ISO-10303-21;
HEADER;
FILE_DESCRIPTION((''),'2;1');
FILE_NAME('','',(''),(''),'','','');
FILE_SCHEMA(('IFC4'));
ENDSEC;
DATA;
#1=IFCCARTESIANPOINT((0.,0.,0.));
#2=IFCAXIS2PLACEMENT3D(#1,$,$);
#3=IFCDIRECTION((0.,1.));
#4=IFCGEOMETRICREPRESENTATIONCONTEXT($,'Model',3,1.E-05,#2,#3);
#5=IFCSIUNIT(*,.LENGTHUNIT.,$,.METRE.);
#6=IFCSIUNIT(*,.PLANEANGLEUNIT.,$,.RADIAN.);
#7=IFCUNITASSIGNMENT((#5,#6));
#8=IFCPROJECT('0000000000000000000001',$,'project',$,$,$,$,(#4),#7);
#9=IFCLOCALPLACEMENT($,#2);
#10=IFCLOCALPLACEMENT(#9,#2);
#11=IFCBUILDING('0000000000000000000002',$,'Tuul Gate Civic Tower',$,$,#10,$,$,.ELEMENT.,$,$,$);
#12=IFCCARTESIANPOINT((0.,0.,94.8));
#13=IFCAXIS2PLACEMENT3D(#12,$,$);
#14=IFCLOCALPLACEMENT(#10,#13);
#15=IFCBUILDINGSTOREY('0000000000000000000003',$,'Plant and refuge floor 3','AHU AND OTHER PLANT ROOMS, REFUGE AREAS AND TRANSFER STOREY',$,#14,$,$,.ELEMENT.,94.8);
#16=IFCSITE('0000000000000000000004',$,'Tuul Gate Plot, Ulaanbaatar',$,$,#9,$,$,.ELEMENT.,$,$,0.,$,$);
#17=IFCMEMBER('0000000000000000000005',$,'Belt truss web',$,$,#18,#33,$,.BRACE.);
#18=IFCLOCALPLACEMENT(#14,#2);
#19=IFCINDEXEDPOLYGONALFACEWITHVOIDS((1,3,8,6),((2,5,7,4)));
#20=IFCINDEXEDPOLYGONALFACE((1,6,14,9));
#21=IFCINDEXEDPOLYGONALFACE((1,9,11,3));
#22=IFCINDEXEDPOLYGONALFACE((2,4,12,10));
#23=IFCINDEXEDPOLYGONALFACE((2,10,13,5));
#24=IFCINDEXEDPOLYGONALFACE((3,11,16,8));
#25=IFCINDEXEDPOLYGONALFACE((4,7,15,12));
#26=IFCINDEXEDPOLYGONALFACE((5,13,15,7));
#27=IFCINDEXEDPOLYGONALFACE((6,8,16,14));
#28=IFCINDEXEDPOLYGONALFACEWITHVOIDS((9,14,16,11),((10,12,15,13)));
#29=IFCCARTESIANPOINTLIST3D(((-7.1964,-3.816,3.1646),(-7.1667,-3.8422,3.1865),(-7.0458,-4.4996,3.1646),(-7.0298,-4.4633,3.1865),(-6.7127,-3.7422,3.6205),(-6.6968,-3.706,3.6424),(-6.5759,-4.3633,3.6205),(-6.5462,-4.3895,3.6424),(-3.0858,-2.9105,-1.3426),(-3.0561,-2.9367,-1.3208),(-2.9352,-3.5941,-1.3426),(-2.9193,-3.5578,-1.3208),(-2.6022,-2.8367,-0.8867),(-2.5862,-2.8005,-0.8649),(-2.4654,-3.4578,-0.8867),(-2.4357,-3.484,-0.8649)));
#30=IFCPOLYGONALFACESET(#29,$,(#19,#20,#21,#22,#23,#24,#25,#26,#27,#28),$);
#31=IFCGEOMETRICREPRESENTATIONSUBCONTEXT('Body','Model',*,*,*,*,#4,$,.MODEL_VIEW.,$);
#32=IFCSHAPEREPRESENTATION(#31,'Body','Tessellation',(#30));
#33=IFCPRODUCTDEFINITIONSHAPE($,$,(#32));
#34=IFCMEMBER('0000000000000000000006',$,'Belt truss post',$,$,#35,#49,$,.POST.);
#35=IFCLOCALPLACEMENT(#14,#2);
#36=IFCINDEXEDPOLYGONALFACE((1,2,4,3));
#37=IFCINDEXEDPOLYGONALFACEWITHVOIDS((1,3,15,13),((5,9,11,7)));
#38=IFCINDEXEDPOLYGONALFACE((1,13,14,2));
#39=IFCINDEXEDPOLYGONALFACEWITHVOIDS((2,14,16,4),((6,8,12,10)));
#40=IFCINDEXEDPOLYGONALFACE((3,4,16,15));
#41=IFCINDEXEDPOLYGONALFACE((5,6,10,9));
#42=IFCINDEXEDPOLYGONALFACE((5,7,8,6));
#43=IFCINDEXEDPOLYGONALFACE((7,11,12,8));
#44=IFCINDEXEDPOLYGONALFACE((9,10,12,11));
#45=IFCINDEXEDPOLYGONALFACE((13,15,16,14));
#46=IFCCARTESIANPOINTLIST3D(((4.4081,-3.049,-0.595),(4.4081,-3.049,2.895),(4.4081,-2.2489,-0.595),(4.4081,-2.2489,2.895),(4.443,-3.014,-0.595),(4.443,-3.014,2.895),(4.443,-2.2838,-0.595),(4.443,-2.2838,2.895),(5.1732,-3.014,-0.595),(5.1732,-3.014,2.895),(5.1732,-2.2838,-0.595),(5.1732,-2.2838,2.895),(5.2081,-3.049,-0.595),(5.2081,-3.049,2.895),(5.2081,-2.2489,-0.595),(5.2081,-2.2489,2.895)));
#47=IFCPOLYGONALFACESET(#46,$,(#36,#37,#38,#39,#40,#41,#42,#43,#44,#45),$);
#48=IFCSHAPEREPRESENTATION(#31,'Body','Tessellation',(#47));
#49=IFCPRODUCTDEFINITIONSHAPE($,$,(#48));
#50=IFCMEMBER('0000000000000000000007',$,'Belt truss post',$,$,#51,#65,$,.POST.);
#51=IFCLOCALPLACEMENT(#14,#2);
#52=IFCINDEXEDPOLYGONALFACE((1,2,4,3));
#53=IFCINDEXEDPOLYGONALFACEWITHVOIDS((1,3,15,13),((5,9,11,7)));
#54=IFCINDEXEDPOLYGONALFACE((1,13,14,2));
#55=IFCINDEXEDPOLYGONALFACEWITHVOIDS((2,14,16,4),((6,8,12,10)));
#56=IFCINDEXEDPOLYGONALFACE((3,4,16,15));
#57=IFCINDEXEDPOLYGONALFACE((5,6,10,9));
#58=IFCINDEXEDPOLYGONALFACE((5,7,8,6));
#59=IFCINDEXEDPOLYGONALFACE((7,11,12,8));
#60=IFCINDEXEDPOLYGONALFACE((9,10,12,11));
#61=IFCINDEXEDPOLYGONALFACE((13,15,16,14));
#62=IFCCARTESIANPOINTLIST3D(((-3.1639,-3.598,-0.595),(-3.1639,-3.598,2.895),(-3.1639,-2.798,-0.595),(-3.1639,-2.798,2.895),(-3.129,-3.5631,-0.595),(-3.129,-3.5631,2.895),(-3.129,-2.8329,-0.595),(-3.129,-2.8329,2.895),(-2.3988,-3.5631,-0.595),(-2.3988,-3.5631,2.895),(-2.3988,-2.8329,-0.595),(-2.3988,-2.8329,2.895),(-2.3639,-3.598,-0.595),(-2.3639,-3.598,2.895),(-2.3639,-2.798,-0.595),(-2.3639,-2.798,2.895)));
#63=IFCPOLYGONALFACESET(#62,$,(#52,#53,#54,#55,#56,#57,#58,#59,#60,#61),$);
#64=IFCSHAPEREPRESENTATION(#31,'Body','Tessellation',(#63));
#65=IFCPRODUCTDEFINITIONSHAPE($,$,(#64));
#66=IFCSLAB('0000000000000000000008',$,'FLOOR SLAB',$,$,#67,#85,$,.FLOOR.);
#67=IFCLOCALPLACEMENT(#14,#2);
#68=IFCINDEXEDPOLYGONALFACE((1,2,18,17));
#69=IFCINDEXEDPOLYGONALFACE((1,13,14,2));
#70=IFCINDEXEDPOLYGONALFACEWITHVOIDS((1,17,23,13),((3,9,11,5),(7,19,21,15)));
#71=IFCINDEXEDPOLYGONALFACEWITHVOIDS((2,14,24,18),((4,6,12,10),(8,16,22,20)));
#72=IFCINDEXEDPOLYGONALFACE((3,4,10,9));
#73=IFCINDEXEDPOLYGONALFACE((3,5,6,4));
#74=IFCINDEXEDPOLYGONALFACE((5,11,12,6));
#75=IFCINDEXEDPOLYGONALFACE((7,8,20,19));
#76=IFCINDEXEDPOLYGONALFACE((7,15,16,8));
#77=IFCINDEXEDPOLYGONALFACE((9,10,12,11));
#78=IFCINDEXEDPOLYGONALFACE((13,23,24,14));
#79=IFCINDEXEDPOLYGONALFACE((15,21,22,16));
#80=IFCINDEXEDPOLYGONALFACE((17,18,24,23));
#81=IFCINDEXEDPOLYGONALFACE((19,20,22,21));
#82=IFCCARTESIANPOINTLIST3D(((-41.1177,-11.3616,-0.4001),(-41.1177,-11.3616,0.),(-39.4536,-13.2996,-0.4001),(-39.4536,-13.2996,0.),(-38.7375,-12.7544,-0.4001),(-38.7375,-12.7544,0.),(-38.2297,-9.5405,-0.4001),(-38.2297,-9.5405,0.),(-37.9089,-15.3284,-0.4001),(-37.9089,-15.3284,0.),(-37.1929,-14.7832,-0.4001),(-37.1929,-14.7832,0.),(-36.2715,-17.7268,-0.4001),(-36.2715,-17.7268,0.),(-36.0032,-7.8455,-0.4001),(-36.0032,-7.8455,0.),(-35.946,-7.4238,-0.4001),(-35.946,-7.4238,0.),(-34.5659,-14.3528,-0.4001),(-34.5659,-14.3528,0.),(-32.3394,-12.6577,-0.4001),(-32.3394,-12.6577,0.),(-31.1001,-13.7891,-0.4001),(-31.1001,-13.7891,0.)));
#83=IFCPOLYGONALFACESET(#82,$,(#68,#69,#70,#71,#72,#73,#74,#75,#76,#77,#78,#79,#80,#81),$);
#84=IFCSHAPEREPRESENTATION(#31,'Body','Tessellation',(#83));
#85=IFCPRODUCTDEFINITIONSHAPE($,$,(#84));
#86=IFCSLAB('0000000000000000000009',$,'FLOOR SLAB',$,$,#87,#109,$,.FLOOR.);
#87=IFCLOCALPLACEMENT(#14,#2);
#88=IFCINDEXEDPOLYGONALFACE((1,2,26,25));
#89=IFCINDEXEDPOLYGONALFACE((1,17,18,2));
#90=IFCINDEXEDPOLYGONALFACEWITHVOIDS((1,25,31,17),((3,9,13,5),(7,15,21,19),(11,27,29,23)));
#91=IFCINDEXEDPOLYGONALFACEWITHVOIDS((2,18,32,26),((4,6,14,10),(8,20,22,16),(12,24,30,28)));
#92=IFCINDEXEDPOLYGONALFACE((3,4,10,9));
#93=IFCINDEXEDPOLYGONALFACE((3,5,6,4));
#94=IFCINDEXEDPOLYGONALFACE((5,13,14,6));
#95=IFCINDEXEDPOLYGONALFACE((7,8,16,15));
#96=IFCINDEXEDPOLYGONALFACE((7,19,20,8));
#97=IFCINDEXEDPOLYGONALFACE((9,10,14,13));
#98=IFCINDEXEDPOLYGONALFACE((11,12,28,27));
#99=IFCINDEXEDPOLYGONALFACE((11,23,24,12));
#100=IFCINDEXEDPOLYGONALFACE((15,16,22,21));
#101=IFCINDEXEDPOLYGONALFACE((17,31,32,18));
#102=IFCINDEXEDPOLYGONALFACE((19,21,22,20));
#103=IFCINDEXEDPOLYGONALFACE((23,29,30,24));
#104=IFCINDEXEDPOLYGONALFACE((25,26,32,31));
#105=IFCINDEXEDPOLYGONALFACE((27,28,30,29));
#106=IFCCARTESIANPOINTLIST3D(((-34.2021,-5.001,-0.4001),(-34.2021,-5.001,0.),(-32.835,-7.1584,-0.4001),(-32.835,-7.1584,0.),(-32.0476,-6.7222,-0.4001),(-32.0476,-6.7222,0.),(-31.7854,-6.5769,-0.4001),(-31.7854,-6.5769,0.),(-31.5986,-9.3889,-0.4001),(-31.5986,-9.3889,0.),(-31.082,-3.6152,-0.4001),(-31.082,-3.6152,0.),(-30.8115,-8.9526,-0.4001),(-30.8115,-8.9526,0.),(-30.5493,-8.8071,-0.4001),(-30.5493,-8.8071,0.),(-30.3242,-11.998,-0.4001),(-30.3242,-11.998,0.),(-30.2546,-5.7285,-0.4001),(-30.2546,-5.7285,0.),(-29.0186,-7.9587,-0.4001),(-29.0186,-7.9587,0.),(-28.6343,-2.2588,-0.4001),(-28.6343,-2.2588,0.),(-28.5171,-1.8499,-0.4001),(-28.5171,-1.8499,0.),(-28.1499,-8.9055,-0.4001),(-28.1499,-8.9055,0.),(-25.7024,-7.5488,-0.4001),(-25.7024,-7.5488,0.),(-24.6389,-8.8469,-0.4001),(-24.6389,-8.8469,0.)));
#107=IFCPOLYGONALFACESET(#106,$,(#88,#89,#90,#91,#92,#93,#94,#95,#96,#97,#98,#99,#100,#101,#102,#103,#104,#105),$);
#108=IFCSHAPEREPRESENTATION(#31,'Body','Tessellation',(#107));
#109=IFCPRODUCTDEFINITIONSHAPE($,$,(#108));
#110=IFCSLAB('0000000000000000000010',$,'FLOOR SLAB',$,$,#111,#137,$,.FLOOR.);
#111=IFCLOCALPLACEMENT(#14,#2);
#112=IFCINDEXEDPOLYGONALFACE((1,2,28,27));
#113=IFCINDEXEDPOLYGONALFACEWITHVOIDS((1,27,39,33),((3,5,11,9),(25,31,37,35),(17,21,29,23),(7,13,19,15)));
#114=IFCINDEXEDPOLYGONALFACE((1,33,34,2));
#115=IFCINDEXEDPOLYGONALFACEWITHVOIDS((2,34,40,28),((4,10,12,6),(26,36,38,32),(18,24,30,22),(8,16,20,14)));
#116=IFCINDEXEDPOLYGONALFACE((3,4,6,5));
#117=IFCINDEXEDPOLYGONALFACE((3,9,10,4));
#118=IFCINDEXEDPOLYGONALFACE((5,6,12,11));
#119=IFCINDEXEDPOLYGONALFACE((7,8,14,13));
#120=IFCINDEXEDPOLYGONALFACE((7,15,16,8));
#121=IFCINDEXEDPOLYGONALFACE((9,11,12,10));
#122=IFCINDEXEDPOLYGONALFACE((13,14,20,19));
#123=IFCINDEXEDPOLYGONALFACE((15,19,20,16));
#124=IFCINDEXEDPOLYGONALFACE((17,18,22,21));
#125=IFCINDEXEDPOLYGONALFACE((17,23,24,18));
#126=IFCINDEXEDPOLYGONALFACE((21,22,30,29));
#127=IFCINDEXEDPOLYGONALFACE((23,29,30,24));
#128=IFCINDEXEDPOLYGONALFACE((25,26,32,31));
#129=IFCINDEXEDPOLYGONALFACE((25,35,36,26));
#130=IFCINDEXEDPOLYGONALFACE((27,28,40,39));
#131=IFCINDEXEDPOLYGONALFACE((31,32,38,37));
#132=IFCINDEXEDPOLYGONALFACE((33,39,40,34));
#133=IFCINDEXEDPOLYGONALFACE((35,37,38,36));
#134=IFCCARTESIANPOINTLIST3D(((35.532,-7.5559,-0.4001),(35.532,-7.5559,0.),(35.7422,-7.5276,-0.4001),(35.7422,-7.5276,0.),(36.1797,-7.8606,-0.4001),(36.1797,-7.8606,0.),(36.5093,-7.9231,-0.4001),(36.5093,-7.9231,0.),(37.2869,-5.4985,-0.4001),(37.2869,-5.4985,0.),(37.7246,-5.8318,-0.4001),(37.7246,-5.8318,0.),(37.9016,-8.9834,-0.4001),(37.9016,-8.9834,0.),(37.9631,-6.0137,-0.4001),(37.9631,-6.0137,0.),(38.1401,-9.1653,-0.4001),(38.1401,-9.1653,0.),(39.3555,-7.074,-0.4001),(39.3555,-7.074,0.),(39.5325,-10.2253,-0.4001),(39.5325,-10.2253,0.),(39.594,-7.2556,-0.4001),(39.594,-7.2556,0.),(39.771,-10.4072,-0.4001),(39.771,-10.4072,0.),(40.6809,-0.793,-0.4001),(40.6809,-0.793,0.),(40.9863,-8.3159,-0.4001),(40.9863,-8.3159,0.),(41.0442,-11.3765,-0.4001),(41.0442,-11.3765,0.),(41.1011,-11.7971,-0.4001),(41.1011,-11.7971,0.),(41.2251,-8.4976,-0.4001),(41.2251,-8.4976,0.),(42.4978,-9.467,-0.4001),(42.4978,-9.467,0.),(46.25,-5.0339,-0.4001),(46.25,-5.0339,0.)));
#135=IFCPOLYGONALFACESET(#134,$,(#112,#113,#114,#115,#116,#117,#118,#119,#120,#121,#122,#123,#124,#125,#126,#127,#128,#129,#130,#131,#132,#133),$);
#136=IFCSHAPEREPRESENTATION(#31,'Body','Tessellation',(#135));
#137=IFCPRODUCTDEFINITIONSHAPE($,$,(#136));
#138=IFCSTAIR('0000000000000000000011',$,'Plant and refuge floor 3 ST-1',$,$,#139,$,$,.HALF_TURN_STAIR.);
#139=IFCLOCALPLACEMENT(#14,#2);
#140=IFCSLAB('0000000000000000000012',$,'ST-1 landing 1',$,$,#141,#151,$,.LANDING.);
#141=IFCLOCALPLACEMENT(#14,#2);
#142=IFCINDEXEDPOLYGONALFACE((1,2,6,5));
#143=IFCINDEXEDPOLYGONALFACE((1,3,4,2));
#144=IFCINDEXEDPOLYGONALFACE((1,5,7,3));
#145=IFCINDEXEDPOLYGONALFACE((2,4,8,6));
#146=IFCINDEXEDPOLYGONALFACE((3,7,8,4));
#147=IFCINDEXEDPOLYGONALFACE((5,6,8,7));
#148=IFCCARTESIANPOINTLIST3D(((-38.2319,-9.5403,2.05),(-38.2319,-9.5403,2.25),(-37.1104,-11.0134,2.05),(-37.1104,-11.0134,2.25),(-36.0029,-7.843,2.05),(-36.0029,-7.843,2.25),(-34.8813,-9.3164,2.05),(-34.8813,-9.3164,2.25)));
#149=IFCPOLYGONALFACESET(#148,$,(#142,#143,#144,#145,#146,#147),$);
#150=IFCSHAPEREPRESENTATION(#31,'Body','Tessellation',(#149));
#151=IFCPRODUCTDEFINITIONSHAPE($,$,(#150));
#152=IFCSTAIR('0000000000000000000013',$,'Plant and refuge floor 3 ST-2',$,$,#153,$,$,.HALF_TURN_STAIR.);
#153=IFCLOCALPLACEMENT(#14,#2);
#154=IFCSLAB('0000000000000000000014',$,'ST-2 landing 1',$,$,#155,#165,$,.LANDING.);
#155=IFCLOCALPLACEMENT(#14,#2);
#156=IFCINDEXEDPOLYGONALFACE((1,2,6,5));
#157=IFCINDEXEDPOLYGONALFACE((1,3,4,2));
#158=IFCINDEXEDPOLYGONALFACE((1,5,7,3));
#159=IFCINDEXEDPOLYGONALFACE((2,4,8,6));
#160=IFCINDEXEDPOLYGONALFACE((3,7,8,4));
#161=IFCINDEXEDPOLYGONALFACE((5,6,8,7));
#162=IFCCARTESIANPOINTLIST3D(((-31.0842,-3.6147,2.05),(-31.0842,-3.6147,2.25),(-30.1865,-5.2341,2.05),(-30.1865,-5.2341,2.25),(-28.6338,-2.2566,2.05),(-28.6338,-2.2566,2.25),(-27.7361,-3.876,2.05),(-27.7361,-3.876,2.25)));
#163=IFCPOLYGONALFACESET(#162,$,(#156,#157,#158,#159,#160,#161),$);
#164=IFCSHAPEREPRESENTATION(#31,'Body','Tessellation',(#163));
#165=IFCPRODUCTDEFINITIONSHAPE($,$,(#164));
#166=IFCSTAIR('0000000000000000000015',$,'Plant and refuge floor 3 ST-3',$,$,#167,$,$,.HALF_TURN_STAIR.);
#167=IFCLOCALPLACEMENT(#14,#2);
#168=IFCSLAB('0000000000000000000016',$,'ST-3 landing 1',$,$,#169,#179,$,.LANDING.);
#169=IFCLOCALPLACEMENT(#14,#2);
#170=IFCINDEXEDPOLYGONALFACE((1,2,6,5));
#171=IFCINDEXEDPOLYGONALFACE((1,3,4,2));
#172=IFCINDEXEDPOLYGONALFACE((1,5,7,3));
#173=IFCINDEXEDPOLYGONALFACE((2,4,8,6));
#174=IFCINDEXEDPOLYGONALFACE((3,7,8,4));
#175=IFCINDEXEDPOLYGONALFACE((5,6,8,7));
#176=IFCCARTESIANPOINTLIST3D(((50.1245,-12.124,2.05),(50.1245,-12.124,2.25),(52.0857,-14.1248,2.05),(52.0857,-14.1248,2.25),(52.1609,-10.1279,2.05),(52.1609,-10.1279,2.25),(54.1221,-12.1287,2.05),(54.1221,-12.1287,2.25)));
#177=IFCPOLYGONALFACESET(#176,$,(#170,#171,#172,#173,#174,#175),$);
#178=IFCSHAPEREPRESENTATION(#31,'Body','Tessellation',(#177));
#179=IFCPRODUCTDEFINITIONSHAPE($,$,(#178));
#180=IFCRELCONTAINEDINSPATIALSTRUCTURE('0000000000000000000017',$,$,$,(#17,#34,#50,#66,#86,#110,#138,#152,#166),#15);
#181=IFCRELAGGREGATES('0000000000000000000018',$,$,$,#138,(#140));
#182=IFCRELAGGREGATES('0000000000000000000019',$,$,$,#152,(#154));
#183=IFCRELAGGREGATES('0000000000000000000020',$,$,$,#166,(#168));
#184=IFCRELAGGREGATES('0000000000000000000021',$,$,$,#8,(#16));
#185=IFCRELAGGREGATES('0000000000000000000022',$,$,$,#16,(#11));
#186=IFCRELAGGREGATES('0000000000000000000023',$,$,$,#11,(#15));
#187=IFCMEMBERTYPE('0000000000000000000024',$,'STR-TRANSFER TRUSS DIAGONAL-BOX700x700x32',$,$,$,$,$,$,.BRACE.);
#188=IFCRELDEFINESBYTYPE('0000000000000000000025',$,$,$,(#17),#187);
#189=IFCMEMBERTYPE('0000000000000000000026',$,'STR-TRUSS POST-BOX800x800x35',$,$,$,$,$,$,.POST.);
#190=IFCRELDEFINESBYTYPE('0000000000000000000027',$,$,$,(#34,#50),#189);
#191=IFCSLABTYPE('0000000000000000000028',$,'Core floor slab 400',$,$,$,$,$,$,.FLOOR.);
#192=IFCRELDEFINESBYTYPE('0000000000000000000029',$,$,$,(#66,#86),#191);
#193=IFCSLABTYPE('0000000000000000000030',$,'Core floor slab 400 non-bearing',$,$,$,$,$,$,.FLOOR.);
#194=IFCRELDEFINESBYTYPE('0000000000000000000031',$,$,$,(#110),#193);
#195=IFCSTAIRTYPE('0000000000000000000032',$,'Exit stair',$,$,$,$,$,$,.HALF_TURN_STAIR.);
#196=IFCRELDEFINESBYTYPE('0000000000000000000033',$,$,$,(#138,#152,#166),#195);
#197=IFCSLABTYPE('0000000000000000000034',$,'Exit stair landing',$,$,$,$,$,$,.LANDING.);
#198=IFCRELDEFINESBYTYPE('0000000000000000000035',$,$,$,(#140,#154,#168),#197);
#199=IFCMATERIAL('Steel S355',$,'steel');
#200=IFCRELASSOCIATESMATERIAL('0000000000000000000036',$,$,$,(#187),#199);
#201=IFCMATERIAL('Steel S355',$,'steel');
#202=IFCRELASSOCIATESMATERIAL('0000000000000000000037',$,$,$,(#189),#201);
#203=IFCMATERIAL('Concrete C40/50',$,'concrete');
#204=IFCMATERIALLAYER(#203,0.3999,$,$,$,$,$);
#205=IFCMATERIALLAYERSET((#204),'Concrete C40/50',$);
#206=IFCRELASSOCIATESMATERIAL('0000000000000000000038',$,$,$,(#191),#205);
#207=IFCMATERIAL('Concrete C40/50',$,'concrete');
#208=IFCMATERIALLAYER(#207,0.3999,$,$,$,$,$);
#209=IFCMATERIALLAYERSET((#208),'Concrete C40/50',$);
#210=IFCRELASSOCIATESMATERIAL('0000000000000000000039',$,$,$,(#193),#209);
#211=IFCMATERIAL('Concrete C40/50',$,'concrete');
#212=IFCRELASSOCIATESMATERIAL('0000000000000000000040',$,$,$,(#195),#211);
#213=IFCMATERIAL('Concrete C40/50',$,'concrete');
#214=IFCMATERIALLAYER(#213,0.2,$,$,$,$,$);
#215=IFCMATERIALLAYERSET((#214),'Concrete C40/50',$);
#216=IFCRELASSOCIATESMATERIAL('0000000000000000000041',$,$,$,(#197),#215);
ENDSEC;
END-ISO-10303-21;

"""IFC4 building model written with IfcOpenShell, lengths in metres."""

from ifc_helpers import new_model, si_unit, direction, frame, origin, origin_2d, place, context, subcontext, project, spatial, polyline, hollow_rectangle, outline, extrude, material, layer, layer_set, material_profile, profile_set, type_object, element, aggregate, save


model = new_model("IFC4")

# Units and contexts
model_context = context("Model", 3, precision=1e-05, world=origin(), true_north=direction((0.0, 1.0)))
body_context = subcontext(model_context, "Body", "Model", "MODEL_VIEW")
ifc_project = project(units=[si_unit("LENGTHUNIT", "METRE"), si_unit("PLANEANGLEUNIT", "RADIAN")], contexts=[model_context])

# Site, building, storey
site_placement = place(None, origin())
site = spatial("IfcSite", under=ifc_project, at=site_placement, Name="Tuul Gate Plot, Ulaanbaatar", CompositionType="ELEMENT", RefElevation=0.0)
building_placement = place(site_placement, origin())
building = spatial("IfcBuilding", under=site, at=building_placement, Name="Tuul Gate Civic Tower", CompositionType="ELEMENT")
storey_placement = place(building_placement, frame((0.0, 0.0, 94.8)))
storey = spatial("IfcBuildingStorey", under=building, at=storey_placement, Name="Plant and refuge floor 3", Description="AHU AND OTHER PLANT ROOMS, REFUGE AREAS AND TRANSFER STOREY", CompositionType="ELEMENT", Elevation=94.8)

# Members
ifc_material_1 = material(Name="Steel S355", Category="steel")
ifc_material_profile_1 = material_profile(ifc_material_1, hollow_rectangle(XDim=0.7, YDim=0.7, WallThickness=0.032, at=origin_2d()), Name="BOX700x700x32")
ifc_profile_set_1 = profile_set([ifc_material_profile_1], Name="Steel S355")
member_type_1 = type_object("IfcMemberType", Name="STR-TRANSFER TRUSS DIAGONAL-BOX700x700x32", PredefinedType="BRACE", material=ifc_profile_set_1)
member_1_placement = place(storey_placement, frame((-2.7607, -3.1973, -1.1038), z_axis=(-0.666538, -0.146831, 0.730868), x_axis=(0.215131, -0.976585, 0.0)))
element("IfcMember", 1, at=member_1_placement, inside=storey, type_object=member_type_1, Name="Belt truss web", PredefinedType="BRACE", context=body_context, shape_type="SweptSolid", body=[
    extrude(hollow_rectangle(XDim=0.7, YDim=0.7, WallThickness=0.032, at=origin_2d()), origin(), (0.0, 0.0, 1.0), 6.167),
])
ifc_material_2 = material(Name="Steel S355", Category="steel")
ifc_material_profile_2 = material_profile(ifc_material_2, hollow_rectangle(XDim=0.8, YDim=0.8, WallThickness=0.0349, at=origin_2d()), Name="BOX800x800x35")
ifc_profile_set_2 = profile_set([ifc_material_profile_2], Name="Steel S355")
member_type_2 = type_object("IfcMemberType", Name="STR-TRUSS POST-BOX800x800x35", PredefinedType="POST", material=ifc_profile_set_2)
for number, where, z_axis, x_axis, name in (
    (2, (4.8081, -2.6489, -0.595), (0.0, 0.0, 1.0), (1.0, 0.0, 0.0), "Belt truss post"),
    (3, (-2.7639, -3.198, -0.595), (0.0, 0.0, 1.0), (1.0, 0.0, 0.0), "Belt truss post"),
):
    element("IfcMember", number, at=place(storey_placement, frame(where, z_axis=z_axis, x_axis=x_axis)), inside=storey, type_object=member_type_2, Name=name, PredefinedType="POST", context=body_context, shape_type="SweptSolid", body=[
        extrude(hollow_rectangle(XDim=0.8, YDim=0.8, WallThickness=0.0349, at=origin_2d()), origin(), (0.0, 0.0, 1.0), 3.49),
    ])

# Slabs
ifc_material_3 = material(Name="Concrete C40/50", Category="concrete")
ifc_layer_1 = layer(ifc_material_3, 0.3999)
ifc_layer_set_1 = layer_set([ifc_layer_1], Name="Concrete C40/50")
slab_type_1 = type_object("IfcSlabType", Name="Core floor slab 400", PredefinedType="FLOOR", material=ifc_layer_set_1)
slab_1_placement = place(storey_placement, frame((0.0, 0.0, -0.4001)))
element("IfcSlab", 4, at=slab_1_placement, inside=storey, type_object=slab_type_1, Name="FLOOR SLAB", PredefinedType="FLOOR", context=body_context, shape_type="SweptSolid", body=[
    extrude(outline(polyline([(-31.1001, -13.7891), (-35.946, -7.4238), (-41.1177, -11.3616), (-36.2715, -17.7268), (-31.1001, -13.7891)]), holes=[polyline([(-37.1929, -14.7832), (-38.7375, -12.7544), (-39.4536, -13.2996), (-37.9089, -15.3284), (-37.1929, -14.7832)]), polyline([(-32.3394, -12.6577), (-34.5659, -14.3528), (-38.2297, -9.5405), (-36.0032, -7.8455), (-32.3394, -12.6577)])]), origin(), (0.0, 0.0, 1.0), 0.4001),
])
slab_2_placement = place(storey_placement, frame((0.0, 0.0, -0.4001)))
element("IfcSlab", 5, at=slab_2_placement, inside=storey, type_object=slab_type_1, Name="FLOOR SLAB", PredefinedType="FLOOR", context=body_context, shape_type="SweptSolid", body=[
    extrude(outline(polyline([(-24.6389, -8.8469), (-28.5171, -1.8499), (-34.2021, -5.001), (-30.3242, -11.998), (-24.6389, -8.8469)]), holes=[polyline([(-29.0186, -7.9587), (-30.2546, -5.7285), (-31.7854, -6.5769), (-30.5493, -8.8071), (-29.0186, -7.9587)]), polyline([(-30.8115, -8.9526), (-32.0476, -6.7222), (-32.835, -7.1584), (-31.5986, -9.3889), (-30.8115, -8.9526)]), polyline([(-25.7024, -7.5488), (-28.1499, -8.9055), (-31.082, -3.6152), (-28.6343, -2.2588), (-25.7024, -7.5488)])]), origin(), (0.0, 0.0, 1.0), 0.4001),
])
ifc_material_4 = material(Name="Concrete C40/50", Category="concrete")
ifc_layer_2 = layer(ifc_material_4, 0.3999)
ifc_layer_set_2 = layer_set([ifc_layer_2], Name="Concrete C40/50")
slab_type_2 = type_object("IfcSlabType", Name="Core floor slab 400 non-bearing", PredefinedType="FLOOR", material=ifc_layer_set_2)
slab_3_placement = place(storey_placement, frame((0.0, 0.0, -0.4001)))
element("IfcSlab", 6, at=slab_3_placement, inside=storey, type_object=slab_type_2, Name="FLOOR SLAB", PredefinedType="FLOOR", context=body_context, shape_type="SweptSolid", body=[
    extrude(outline(polyline([(41.1011, -11.7971), (46.25, -5.0339), (40.6809, -0.793), (35.532, -7.5559), (41.1011, -11.7971)]), holes=[polyline([(41.0442, -11.3765), (42.4978, -9.467), (41.2251, -8.4976), (39.771, -10.4072), (41.0442, -11.3765)]), polyline([(39.5325, -10.2253), (40.9863, -8.3159), (39.594, -7.2556), (38.1401, -9.1653), (39.5325, -10.2253)]), polyline([(37.9016, -8.9834), (39.3555, -7.074), (37.9631, -6.0137), (36.5093, -7.9231), (37.9016, -8.9834)]), polyline([(36.1797, -7.8606), (37.7246, -5.8318), (37.2869, -5.4985), (35.7422, -7.5276), (36.1797, -7.8606)])]), origin(), (0.0, 0.0, 1.0), 0.4001),
])

# Stairs, slabs
ifc_material_5 = material(Name="Concrete C40/50", Category="concrete")
stair_type = type_object("IfcStairType", Name="Exit stair", PredefinedType="HALF_TURN_STAIR", material=ifc_material_5)
stair_1_placement = place(storey_placement, origin())
stair_1 = element("IfcStair", 7, at=stair_1_placement, inside=storey, type_object=stair_type, Name="Plant and refuge floor 3 ST-1", PredefinedType="HALF_TURN_STAIR")
ifc_material_6 = material(Name="Concrete C40/50", Category="concrete")
ifc_layer_3 = layer(ifc_material_6, 0.2)
ifc_layer_set_3 = layer_set([ifc_layer_3], Name="Concrete C40/50")
slab_type_3 = type_object("IfcSlabType", Name="Exit stair landing", PredefinedType="LANDING", material=ifc_layer_set_3)
slab_4_placement = place(storey_placement, frame((0.0, 0.0, 2.05)))
slab_4 = element("IfcSlab", 8, at=slab_4_placement, type_object=slab_type_3, Name="ST-1 landing 1", PredefinedType="LANDING", context=body_context, shape_type="SweptSolid", body=[
    extrude(outline(polyline([(-34.8813, -9.3164), (-37.1104, -11.0134), (-38.2319, -9.5403), (-36.0029, -7.843), (-34.8813, -9.3164)])), origin(), (0.0, 0.0, 1.0), 0.2),
])
aggregate(stair_1, [slab_4])
stair_2_placement = place(storey_placement, origin())
stair_2 = element("IfcStair", 9, at=stair_2_placement, inside=storey, type_object=stair_type, Name="Plant and refuge floor 3 ST-2", PredefinedType="HALF_TURN_STAIR")
slab_5_placement = place(storey_placement, frame((0.0, 0.0, 2.05)))
slab_5 = element("IfcSlab", 10, at=slab_5_placement, type_object=slab_type_3, Name="ST-2 landing 1", PredefinedType="LANDING", context=body_context, shape_type="SweptSolid", body=[
    extrude(outline(polyline([(-27.7361, -3.876), (-30.1865, -5.2341), (-31.0842, -3.6147), (-28.6338, -2.2566), (-27.7361, -3.876)])), origin(), (0.0, 0.0, 1.0), 0.2),
])
aggregate(stair_2, [slab_5])
stair_3_placement = place(storey_placement, origin())
stair_3 = element("IfcStair", 11, at=stair_3_placement, inside=storey, type_object=stair_type, Name="Plant and refuge floor 3 ST-3", PredefinedType="HALF_TURN_STAIR")
slab_6_placement = place(storey_placement, frame((0.0, 0.0, 2.05)))
slab_6 = element("IfcSlab", 12, at=slab_6_placement, type_object=slab_type_3, Name="ST-3 landing 1", PredefinedType="LANDING", context=body_context, shape_type="SweptSolid", body=[
    extrude(outline(polyline([(52.0857, -14.1248), (50.1245, -12.124), (52.1609, -10.1279), (54.1221, -12.1287), (52.0857, -14.1248)])), origin(), (0.0, 0.0, 1.0), 0.2),
])
aggregate(stair_3, [slab_6])

save(model, "model.ifc")
